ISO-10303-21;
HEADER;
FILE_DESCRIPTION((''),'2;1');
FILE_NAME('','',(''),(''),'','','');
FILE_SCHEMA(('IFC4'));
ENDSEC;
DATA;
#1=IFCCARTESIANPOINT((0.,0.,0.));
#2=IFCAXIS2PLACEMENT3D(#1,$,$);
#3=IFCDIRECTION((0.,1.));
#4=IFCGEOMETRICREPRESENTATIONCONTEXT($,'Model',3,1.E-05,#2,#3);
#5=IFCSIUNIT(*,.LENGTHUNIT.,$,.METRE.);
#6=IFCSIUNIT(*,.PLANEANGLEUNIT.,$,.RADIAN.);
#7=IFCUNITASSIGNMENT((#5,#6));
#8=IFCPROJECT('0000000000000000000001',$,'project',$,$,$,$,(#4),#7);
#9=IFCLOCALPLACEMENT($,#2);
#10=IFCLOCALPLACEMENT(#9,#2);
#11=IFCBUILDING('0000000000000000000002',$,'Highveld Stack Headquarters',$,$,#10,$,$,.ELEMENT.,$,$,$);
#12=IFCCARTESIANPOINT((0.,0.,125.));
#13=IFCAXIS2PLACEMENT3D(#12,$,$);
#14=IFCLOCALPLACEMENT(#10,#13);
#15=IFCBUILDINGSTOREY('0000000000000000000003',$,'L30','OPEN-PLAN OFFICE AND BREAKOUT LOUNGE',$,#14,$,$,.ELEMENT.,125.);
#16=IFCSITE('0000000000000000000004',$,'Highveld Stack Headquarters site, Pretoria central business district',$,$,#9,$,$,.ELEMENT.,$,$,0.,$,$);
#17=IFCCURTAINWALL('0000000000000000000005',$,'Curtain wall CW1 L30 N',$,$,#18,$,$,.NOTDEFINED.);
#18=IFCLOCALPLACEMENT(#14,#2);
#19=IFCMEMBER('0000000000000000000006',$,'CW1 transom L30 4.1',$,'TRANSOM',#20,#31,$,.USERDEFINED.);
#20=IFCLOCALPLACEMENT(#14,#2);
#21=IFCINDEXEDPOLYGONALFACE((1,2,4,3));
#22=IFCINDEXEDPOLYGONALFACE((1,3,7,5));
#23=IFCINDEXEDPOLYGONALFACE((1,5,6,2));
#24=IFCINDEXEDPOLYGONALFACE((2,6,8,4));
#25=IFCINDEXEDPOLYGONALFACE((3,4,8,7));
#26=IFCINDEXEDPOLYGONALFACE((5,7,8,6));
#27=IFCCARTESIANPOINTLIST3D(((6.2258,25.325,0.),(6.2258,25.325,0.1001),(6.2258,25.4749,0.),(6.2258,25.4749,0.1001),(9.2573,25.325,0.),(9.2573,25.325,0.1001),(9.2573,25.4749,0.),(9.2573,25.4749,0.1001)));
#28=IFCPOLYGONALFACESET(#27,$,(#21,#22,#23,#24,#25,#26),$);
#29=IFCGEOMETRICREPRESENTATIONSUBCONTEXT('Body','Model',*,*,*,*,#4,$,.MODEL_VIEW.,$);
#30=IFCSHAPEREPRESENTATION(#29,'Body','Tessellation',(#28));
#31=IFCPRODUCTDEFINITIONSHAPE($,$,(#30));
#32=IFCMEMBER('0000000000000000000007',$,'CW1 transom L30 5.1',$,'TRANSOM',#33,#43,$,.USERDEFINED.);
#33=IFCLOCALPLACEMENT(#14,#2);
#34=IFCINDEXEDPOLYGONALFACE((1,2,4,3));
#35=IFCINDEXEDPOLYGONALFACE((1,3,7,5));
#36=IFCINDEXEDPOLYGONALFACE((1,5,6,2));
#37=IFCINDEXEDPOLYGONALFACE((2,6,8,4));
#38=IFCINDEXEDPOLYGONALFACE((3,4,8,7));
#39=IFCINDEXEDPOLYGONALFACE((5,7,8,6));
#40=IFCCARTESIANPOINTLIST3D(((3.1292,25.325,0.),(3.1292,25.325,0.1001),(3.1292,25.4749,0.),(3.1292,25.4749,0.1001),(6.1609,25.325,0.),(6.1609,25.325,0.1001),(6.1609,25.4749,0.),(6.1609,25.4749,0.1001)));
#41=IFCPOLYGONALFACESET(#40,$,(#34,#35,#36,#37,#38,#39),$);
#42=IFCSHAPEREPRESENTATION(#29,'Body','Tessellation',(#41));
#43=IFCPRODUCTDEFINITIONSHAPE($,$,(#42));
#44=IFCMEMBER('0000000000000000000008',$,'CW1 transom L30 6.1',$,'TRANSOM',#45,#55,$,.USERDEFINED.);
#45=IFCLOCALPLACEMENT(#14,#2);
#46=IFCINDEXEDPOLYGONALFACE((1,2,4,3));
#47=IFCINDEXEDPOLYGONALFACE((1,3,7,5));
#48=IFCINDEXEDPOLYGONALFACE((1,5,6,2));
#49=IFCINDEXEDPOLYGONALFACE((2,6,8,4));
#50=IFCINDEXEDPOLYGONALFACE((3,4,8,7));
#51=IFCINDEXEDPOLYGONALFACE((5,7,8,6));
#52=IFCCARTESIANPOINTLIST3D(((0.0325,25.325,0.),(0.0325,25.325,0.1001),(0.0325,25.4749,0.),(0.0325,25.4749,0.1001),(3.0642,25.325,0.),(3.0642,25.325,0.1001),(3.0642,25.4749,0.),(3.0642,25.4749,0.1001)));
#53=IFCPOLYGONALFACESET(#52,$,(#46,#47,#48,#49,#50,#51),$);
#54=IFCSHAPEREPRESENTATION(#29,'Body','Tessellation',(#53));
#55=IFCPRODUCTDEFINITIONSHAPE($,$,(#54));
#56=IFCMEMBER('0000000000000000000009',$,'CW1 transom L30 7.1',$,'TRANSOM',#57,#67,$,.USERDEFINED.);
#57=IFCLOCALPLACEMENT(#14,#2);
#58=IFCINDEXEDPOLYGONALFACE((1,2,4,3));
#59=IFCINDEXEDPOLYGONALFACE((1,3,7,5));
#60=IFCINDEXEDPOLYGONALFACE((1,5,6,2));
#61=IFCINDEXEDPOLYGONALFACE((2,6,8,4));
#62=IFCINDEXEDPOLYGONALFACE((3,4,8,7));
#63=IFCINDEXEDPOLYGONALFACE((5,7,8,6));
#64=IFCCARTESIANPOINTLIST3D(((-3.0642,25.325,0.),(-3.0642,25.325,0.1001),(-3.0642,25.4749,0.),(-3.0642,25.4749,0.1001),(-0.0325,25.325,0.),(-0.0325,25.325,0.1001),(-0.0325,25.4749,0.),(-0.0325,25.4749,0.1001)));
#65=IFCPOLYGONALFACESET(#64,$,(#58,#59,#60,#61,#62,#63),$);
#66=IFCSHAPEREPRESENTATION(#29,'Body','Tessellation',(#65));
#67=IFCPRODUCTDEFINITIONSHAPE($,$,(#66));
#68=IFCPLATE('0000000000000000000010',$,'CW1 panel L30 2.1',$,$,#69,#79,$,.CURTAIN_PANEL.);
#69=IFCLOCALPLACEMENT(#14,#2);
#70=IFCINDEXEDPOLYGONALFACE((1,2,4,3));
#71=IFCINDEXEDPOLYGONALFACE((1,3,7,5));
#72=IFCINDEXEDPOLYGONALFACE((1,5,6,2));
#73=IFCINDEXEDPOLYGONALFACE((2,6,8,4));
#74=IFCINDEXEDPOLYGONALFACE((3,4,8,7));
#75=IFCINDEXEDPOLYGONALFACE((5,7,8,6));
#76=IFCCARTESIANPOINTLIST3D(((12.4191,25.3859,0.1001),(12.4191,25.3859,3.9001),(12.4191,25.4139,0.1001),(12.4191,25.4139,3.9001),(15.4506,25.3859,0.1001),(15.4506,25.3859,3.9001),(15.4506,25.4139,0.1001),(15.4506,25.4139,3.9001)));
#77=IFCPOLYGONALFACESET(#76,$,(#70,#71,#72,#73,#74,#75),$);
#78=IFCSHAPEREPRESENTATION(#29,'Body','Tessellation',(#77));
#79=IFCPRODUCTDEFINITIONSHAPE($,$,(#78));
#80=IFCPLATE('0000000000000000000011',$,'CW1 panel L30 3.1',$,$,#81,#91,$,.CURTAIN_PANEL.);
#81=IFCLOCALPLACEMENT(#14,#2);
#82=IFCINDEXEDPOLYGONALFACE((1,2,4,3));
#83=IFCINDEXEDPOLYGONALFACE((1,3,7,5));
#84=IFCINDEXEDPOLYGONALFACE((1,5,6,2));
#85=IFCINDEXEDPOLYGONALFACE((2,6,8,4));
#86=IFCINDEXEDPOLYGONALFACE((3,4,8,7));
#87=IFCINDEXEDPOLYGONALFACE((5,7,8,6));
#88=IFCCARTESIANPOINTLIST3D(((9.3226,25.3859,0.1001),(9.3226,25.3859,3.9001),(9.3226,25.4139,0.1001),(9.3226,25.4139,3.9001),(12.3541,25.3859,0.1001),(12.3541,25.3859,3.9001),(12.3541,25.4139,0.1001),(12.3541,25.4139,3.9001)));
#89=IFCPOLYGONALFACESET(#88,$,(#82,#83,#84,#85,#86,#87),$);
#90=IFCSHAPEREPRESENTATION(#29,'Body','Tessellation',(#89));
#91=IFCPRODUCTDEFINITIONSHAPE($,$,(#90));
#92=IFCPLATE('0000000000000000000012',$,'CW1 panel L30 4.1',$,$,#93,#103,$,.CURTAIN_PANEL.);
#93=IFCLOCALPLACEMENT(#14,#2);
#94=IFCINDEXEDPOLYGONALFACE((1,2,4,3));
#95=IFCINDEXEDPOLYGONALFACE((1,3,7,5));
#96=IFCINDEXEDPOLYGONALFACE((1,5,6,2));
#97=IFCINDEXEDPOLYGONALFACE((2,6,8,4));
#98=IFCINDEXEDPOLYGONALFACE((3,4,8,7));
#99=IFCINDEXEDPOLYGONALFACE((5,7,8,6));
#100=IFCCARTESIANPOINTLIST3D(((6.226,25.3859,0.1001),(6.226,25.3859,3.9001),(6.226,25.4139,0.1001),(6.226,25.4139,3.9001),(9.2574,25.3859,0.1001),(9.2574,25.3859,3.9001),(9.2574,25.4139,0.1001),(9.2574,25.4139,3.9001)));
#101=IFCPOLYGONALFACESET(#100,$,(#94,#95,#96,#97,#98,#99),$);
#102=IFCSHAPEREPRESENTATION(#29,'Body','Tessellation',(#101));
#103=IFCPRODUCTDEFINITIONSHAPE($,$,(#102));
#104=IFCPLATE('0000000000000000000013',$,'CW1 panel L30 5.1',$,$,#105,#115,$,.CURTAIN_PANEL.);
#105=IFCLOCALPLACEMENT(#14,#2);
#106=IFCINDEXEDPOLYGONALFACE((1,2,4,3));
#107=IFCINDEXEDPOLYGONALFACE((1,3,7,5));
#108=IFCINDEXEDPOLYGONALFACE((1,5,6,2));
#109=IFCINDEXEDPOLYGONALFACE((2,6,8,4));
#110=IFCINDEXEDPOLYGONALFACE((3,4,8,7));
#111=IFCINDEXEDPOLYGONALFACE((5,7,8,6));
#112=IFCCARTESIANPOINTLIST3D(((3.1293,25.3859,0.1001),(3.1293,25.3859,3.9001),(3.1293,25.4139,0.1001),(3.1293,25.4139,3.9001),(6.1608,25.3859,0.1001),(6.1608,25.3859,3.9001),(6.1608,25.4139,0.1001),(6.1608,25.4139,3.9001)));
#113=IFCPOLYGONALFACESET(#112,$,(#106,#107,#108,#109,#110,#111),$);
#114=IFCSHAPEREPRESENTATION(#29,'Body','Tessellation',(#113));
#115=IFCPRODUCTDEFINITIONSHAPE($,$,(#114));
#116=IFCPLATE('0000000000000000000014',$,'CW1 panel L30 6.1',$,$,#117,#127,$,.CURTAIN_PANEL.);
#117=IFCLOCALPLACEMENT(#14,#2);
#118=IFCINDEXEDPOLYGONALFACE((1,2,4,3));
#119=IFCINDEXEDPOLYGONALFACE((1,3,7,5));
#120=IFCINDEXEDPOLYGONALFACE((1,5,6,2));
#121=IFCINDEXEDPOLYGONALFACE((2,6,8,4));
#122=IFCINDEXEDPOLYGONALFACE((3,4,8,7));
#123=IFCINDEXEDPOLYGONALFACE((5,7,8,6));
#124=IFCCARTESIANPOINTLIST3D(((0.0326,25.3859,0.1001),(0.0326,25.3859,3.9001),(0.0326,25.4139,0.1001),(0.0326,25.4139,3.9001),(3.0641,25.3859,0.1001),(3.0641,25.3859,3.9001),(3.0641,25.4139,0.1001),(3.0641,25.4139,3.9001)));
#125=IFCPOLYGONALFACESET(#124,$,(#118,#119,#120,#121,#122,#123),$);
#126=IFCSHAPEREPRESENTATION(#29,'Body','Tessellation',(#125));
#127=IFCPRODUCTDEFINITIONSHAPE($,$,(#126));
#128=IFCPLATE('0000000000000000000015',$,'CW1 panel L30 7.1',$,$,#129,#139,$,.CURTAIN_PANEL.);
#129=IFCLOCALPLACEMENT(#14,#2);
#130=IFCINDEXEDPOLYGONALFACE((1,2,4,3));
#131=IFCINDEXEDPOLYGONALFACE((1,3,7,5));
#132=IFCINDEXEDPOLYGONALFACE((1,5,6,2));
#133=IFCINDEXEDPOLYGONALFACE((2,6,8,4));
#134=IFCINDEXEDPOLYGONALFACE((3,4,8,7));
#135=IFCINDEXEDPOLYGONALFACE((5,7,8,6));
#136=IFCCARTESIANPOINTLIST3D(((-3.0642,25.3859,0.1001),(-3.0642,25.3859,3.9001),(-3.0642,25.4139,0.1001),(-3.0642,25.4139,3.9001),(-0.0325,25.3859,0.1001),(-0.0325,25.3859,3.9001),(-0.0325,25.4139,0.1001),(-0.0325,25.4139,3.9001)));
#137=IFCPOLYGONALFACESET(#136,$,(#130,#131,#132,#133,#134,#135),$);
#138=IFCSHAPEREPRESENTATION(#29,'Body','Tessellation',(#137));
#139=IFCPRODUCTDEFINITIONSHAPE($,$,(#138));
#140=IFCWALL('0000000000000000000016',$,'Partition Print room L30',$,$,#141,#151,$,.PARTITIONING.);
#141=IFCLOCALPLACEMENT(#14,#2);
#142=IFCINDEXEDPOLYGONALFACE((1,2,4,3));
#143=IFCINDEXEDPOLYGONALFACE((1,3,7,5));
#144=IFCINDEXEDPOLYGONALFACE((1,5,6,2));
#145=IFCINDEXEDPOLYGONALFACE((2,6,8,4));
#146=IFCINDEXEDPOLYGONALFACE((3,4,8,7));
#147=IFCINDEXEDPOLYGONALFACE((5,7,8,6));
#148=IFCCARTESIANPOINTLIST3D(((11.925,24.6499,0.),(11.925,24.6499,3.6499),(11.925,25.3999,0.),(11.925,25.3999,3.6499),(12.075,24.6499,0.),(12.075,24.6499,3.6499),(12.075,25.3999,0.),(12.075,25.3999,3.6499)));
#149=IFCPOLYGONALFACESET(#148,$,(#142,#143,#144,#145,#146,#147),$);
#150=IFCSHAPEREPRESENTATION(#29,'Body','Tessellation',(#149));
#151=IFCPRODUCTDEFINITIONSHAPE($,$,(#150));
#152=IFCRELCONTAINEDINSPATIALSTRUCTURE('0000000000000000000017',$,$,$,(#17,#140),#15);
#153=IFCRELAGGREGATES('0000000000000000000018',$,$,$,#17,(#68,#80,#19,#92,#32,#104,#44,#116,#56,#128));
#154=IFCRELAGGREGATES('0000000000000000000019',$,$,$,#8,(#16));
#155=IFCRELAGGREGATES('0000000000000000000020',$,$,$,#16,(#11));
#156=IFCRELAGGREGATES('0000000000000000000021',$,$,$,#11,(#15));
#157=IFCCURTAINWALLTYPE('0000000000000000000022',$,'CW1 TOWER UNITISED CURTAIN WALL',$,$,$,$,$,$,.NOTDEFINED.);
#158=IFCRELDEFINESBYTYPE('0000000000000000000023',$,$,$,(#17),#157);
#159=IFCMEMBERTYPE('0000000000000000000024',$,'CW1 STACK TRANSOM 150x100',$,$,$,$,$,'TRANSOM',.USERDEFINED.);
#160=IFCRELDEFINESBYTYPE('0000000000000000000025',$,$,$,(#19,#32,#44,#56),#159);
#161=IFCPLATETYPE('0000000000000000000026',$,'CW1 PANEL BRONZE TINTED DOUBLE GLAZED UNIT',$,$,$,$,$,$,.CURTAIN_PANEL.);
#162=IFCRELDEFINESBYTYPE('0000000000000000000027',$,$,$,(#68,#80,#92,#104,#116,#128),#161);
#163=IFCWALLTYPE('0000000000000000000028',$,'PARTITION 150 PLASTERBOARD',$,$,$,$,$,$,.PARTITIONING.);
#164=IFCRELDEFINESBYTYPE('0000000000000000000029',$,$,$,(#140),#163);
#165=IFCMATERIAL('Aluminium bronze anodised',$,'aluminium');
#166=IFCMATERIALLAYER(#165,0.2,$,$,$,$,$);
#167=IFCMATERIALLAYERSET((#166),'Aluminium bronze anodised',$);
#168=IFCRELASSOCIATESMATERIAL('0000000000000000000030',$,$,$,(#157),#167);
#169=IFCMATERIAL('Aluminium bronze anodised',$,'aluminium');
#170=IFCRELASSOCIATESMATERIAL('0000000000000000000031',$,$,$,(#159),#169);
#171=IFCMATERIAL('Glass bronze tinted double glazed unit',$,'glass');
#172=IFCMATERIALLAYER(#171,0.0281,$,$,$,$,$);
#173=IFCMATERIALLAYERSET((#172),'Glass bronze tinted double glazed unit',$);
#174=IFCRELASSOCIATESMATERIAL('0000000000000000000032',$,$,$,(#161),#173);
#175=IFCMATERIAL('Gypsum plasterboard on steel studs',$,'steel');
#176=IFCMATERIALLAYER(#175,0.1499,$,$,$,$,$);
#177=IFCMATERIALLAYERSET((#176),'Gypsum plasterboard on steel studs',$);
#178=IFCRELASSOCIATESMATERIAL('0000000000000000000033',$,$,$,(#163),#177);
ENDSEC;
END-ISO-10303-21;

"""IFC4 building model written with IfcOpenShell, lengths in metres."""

from ifc_helpers import new_model, si_unit, direction, frame, frame_2d, origin, origin_2d, place, context, subcontext, project, spatial, rectangle, extrude, material, layer, layer_set, material_profile, profile_set, type_object, element, aggregate, save


model = new_model("IFC4")

# Units and contexts
model_context = context("Model", 3, precision=1e-05, world=origin(), true_north=direction((0.0, 1.0)))
body_context = subcontext(model_context, "Body", "Model", "MODEL_VIEW")
ifc_project = project(units=[si_unit("LENGTHUNIT", "METRE"), si_unit("PLANEANGLEUNIT", "RADIAN")], contexts=[model_context])

# Site, building, storey
site_placement = place(None, origin())
site = spatial("IfcSite", under=ifc_project, at=site_placement, Name="Highveld Stack Headquarters site, Pretoria central business district", CompositionType="ELEMENT", RefElevation=0.0)
building_placement = place(site_placement, origin())
building = spatial("IfcBuilding", under=site, at=building_placement, Name="Highveld Stack Headquarters", CompositionType="ELEMENT")
storey_placement = place(building_placement, frame((0.0, 0.0, 125.0)))
storey = spatial("IfcBuildingStorey", under=building, at=storey_placement, Name="L30", Description="OPEN-PLAN OFFICE AND BREAKOUT LOUNGE", CompositionType="ELEMENT", Elevation=125.0)

# Curtain wall, members, plates
ifc_material_1 = material(Name="Aluminium bronze anodised", Category="aluminium")
ifc_layer_1 = layer(ifc_material_1, 0.2)
ifc_layer_set_1 = layer_set([ifc_layer_1], Name="Aluminium bronze anodised")
curtain_wall_type = type_object("IfcCurtainWallType", Name="CW1 TOWER UNITISED CURTAIN WALL", PredefinedType="NOTDEFINED", material=ifc_layer_set_1)
curtain_wall_placement = place(storey_placement, origin())
curtain_wall = element("IfcCurtainWall", 1, at=curtain_wall_placement, inside=storey, type_object=curtain_wall_type, Name="Curtain wall CW1 L30 N", PredefinedType="NOTDEFINED")
ifc_material_2 = material(Name="Aluminium bronze anodised", Category="aluminium")
ifc_material_profile_1 = material_profile(ifc_material_2, rectangle(XDim=0.1499, YDim=0.1001, at=origin_2d()), Name="CW1 TRANSOM 150x100")
ifc_profile_set_1 = profile_set([ifc_material_profile_1], Name="Aluminium bronze anodised")
member_type_1 = type_object("IfcMemberType", Name="CW1 STACK TRANSOM 150x100", ElementType="TRANSOM", PredefinedType="USERDEFINED", material=ifc_profile_set_1)
member_1_placement = place(storey_placement, frame((9.2573, 25.3999, 0.05), z_axis=(-1.0, 0.0, 0.0), x_axis=(0.0, -1.0, 0.0)))
member_1 = element("IfcMember", 2, at=member_1_placement, type_object=member_type_1, Name="CW1 transom L30 4.1", ObjectType="TRANSOM", PredefinedType="USERDEFINED", context=body_context, shape_type="SweptSolid", body=[
    extrude(rectangle(XDim=0.1499, YDim=0.1001, at=origin_2d()), origin(), (0.0, 0.0, 1.0), 3.0315),
])
member_2_placement = place(storey_placement, frame((6.1609, 25.3999, 0.05), z_axis=(-1.0, 0.0, 0.0), x_axis=(0.0, -1.0, 0.0)))
member_2 = element("IfcMember", 3, at=member_2_placement, type_object=member_type_1, Name="CW1 transom L30 5.1", ObjectType="TRANSOM", PredefinedType="USERDEFINED", context=body_context, shape_type="SweptSolid", body=[
    extrude(rectangle(XDim=0.1499, YDim=0.1001, at=origin_2d()), origin(), (0.0, 0.0, 1.0), 3.0317),
])
member_3_placement = place(storey_placement, frame((3.0642, 25.3999, 0.05), z_axis=(-1.0, 0.0, 0.0), x_axis=(0.0, -1.0, 0.0)))
member_3 = element("IfcMember", 4, at=member_3_placement, type_object=member_type_1, Name="CW1 transom L30 6.1", ObjectType="TRANSOM", PredefinedType="USERDEFINED", context=body_context, shape_type="SweptSolid", body=[
    extrude(rectangle(XDim=0.1499, YDim=0.1001, at=origin_2d()), origin(), (0.0, 0.0, 1.0), 3.0317),
])
member_4_placement = place(storey_placement, frame((-0.0325, 25.3999, 0.05), z_axis=(-1.0, 0.0, 0.0), x_axis=(0.0, -1.0, 0.0)))
member_4 = element("IfcMember", 5, at=member_4_placement, type_object=member_type_1, Name="CW1 transom L30 7.1", ObjectType="TRANSOM", PredefinedType="USERDEFINED", context=body_context, shape_type="SweptSolid", body=[
    extrude(rectangle(XDim=0.1499, YDim=0.1001, at=origin_2d()), origin(), (0.0, 0.0, 1.0), 3.0317),
])
ifc_material_3 = material(Name="Glass bronze tinted double glazed unit", Category="glass")
ifc_layer_2 = layer(ifc_material_3, 0.0281)
ifc_layer_set_2 = layer_set([ifc_layer_2], Name="Glass bronze tinted double glazed unit")
plate_type = type_object("IfcPlateType", Name="CW1 PANEL BRONZE TINTED DOUBLE GLAZED UNIT", PredefinedType="CURTAIN_PANEL", material=ifc_layer_set_2)
plate_1_placement = place(storey_placement, frame((13.9348, 25.3999, 0.1001), z_axis=(0.0, 0.0, 1.0), x_axis=(-1.0, 0.0, 0.0)))
plate_1 = element("IfcPlate", 6, at=plate_1_placement, type_object=plate_type, Name="CW1 panel L30 2.1", PredefinedType="CURTAIN_PANEL", context=body_context, shape_type="SweptSolid", body=[
    extrude(rectangle(XDim=3.0315, YDim=0.0281, at=origin_2d()), origin(), (0.0, 0.0, 1.0), 3.8),
])
plate_2_placement = place(storey_placement, frame((10.8384, 25.3999, 0.1001), z_axis=(0.0, 0.0, 1.0), x_axis=(-1.0, 0.0, 0.0)))
plate_2 = element("IfcPlate", 7, at=plate_2_placement, type_object=plate_type, Name="CW1 panel L30 3.1", PredefinedType="CURTAIN_PANEL", context=body_context, shape_type="SweptSolid", body=[
    extrude(rectangle(XDim=3.0315, YDim=0.0281, at=origin_2d()), origin(), (0.0, 0.0, 1.0), 3.8),
])
plate_3_placement = place(storey_placement, frame((7.7417, 25.3999, 0.1001), z_axis=(0.0, 0.0, 1.0), x_axis=(-1.0, 0.0, 0.0)))
plate_3 = element("IfcPlate", 8, at=plate_3_placement, type_object=plate_type, Name="CW1 panel L30 4.1", PredefinedType="CURTAIN_PANEL", context=body_context, shape_type="SweptSolid", body=[
    extrude(rectangle(XDim=3.0315, YDim=0.0281, at=origin_2d()), origin(), (0.0, 0.0, 1.0), 3.8),
])
plate_4_placement = place(storey_placement, frame((4.645, 25.3999, 0.1001), z_axis=(0.0, 0.0, 1.0), x_axis=(-1.0, 0.0, 0.0)))
plate_4 = element("IfcPlate", 9, at=plate_4_placement, type_object=plate_type, Name="CW1 panel L30 5.1", PredefinedType="CURTAIN_PANEL", context=body_context, shape_type="SweptSolid", body=[
    extrude(rectangle(XDim=3.0315, YDim=0.0281, at=origin_2d()), origin(), (0.0, 0.0, 1.0), 3.8),
])
plate_5_placement = place(storey_placement, frame((1.5483, 25.3999, 0.1001), z_axis=(0.0, 0.0, 1.0), x_axis=(-1.0, 0.0, 0.0)))
plate_5 = element("IfcPlate", 10, at=plate_5_placement, type_object=plate_type, Name="CW1 panel L30 6.1", PredefinedType="CURTAIN_PANEL", context=body_context, shape_type="SweptSolid", body=[
    extrude(rectangle(XDim=3.0315, YDim=0.0281, at=origin_2d()), origin(), (0.0, 0.0, 1.0), 3.8),
])
plate_6_placement = place(storey_placement, frame((-1.5483, 25.3999, 0.1001), z_axis=(0.0, 0.0, 1.0), x_axis=(-1.0, 0.0, 0.0)))
plate_6 = element("IfcPlate", 11, at=plate_6_placement, type_object=plate_type, Name="CW1 panel L30 7.1", PredefinedType="CURTAIN_PANEL", context=body_context, shape_type="SweptSolid", body=[
    extrude(rectangle(XDim=3.0317, YDim=0.0281, at=origin_2d()), origin(), (0.0, 0.0, 1.0), 3.8),
])
aggregate(curtain_wall, [plate_1, plate_2, member_1, plate_3, member_2, plate_4, member_3, plate_5, member_4, plate_6])

# Wall
ifc_material_4 = material(Name="Gypsum plasterboard on steel studs", Category="steel")
ifc_layer_3 = layer(ifc_material_4, 0.1499)
ifc_layer_set_3 = layer_set([ifc_layer_3], Name="Gypsum plasterboard on steel studs")
wall_type = type_object("IfcWallType", Name="PARTITION 150 PLASTERBOARD", PredefinedType="PARTITIONING", material=ifc_layer_set_3)
wall_placement = place(storey_placement, frame((12.0, 24.6499, 0.0), z_axis=(0.0, 0.0, 1.0), x_axis=(0.0, 1.0, 0.0)))
element("IfcWall", 12, at=wall_placement, inside=storey, type_object=wall_type, Name="Partition Print room L30", PredefinedType="PARTITIONING", context=body_context, shape_type="SweptSolid", body=[
    extrude(rectangle(XDim=0.75, YDim=0.1499, at=frame_2d((0.375, 0.0))), origin(), (0.0, 0.0, 1.0), 3.6499),
])

save(model, "model.ifc")
